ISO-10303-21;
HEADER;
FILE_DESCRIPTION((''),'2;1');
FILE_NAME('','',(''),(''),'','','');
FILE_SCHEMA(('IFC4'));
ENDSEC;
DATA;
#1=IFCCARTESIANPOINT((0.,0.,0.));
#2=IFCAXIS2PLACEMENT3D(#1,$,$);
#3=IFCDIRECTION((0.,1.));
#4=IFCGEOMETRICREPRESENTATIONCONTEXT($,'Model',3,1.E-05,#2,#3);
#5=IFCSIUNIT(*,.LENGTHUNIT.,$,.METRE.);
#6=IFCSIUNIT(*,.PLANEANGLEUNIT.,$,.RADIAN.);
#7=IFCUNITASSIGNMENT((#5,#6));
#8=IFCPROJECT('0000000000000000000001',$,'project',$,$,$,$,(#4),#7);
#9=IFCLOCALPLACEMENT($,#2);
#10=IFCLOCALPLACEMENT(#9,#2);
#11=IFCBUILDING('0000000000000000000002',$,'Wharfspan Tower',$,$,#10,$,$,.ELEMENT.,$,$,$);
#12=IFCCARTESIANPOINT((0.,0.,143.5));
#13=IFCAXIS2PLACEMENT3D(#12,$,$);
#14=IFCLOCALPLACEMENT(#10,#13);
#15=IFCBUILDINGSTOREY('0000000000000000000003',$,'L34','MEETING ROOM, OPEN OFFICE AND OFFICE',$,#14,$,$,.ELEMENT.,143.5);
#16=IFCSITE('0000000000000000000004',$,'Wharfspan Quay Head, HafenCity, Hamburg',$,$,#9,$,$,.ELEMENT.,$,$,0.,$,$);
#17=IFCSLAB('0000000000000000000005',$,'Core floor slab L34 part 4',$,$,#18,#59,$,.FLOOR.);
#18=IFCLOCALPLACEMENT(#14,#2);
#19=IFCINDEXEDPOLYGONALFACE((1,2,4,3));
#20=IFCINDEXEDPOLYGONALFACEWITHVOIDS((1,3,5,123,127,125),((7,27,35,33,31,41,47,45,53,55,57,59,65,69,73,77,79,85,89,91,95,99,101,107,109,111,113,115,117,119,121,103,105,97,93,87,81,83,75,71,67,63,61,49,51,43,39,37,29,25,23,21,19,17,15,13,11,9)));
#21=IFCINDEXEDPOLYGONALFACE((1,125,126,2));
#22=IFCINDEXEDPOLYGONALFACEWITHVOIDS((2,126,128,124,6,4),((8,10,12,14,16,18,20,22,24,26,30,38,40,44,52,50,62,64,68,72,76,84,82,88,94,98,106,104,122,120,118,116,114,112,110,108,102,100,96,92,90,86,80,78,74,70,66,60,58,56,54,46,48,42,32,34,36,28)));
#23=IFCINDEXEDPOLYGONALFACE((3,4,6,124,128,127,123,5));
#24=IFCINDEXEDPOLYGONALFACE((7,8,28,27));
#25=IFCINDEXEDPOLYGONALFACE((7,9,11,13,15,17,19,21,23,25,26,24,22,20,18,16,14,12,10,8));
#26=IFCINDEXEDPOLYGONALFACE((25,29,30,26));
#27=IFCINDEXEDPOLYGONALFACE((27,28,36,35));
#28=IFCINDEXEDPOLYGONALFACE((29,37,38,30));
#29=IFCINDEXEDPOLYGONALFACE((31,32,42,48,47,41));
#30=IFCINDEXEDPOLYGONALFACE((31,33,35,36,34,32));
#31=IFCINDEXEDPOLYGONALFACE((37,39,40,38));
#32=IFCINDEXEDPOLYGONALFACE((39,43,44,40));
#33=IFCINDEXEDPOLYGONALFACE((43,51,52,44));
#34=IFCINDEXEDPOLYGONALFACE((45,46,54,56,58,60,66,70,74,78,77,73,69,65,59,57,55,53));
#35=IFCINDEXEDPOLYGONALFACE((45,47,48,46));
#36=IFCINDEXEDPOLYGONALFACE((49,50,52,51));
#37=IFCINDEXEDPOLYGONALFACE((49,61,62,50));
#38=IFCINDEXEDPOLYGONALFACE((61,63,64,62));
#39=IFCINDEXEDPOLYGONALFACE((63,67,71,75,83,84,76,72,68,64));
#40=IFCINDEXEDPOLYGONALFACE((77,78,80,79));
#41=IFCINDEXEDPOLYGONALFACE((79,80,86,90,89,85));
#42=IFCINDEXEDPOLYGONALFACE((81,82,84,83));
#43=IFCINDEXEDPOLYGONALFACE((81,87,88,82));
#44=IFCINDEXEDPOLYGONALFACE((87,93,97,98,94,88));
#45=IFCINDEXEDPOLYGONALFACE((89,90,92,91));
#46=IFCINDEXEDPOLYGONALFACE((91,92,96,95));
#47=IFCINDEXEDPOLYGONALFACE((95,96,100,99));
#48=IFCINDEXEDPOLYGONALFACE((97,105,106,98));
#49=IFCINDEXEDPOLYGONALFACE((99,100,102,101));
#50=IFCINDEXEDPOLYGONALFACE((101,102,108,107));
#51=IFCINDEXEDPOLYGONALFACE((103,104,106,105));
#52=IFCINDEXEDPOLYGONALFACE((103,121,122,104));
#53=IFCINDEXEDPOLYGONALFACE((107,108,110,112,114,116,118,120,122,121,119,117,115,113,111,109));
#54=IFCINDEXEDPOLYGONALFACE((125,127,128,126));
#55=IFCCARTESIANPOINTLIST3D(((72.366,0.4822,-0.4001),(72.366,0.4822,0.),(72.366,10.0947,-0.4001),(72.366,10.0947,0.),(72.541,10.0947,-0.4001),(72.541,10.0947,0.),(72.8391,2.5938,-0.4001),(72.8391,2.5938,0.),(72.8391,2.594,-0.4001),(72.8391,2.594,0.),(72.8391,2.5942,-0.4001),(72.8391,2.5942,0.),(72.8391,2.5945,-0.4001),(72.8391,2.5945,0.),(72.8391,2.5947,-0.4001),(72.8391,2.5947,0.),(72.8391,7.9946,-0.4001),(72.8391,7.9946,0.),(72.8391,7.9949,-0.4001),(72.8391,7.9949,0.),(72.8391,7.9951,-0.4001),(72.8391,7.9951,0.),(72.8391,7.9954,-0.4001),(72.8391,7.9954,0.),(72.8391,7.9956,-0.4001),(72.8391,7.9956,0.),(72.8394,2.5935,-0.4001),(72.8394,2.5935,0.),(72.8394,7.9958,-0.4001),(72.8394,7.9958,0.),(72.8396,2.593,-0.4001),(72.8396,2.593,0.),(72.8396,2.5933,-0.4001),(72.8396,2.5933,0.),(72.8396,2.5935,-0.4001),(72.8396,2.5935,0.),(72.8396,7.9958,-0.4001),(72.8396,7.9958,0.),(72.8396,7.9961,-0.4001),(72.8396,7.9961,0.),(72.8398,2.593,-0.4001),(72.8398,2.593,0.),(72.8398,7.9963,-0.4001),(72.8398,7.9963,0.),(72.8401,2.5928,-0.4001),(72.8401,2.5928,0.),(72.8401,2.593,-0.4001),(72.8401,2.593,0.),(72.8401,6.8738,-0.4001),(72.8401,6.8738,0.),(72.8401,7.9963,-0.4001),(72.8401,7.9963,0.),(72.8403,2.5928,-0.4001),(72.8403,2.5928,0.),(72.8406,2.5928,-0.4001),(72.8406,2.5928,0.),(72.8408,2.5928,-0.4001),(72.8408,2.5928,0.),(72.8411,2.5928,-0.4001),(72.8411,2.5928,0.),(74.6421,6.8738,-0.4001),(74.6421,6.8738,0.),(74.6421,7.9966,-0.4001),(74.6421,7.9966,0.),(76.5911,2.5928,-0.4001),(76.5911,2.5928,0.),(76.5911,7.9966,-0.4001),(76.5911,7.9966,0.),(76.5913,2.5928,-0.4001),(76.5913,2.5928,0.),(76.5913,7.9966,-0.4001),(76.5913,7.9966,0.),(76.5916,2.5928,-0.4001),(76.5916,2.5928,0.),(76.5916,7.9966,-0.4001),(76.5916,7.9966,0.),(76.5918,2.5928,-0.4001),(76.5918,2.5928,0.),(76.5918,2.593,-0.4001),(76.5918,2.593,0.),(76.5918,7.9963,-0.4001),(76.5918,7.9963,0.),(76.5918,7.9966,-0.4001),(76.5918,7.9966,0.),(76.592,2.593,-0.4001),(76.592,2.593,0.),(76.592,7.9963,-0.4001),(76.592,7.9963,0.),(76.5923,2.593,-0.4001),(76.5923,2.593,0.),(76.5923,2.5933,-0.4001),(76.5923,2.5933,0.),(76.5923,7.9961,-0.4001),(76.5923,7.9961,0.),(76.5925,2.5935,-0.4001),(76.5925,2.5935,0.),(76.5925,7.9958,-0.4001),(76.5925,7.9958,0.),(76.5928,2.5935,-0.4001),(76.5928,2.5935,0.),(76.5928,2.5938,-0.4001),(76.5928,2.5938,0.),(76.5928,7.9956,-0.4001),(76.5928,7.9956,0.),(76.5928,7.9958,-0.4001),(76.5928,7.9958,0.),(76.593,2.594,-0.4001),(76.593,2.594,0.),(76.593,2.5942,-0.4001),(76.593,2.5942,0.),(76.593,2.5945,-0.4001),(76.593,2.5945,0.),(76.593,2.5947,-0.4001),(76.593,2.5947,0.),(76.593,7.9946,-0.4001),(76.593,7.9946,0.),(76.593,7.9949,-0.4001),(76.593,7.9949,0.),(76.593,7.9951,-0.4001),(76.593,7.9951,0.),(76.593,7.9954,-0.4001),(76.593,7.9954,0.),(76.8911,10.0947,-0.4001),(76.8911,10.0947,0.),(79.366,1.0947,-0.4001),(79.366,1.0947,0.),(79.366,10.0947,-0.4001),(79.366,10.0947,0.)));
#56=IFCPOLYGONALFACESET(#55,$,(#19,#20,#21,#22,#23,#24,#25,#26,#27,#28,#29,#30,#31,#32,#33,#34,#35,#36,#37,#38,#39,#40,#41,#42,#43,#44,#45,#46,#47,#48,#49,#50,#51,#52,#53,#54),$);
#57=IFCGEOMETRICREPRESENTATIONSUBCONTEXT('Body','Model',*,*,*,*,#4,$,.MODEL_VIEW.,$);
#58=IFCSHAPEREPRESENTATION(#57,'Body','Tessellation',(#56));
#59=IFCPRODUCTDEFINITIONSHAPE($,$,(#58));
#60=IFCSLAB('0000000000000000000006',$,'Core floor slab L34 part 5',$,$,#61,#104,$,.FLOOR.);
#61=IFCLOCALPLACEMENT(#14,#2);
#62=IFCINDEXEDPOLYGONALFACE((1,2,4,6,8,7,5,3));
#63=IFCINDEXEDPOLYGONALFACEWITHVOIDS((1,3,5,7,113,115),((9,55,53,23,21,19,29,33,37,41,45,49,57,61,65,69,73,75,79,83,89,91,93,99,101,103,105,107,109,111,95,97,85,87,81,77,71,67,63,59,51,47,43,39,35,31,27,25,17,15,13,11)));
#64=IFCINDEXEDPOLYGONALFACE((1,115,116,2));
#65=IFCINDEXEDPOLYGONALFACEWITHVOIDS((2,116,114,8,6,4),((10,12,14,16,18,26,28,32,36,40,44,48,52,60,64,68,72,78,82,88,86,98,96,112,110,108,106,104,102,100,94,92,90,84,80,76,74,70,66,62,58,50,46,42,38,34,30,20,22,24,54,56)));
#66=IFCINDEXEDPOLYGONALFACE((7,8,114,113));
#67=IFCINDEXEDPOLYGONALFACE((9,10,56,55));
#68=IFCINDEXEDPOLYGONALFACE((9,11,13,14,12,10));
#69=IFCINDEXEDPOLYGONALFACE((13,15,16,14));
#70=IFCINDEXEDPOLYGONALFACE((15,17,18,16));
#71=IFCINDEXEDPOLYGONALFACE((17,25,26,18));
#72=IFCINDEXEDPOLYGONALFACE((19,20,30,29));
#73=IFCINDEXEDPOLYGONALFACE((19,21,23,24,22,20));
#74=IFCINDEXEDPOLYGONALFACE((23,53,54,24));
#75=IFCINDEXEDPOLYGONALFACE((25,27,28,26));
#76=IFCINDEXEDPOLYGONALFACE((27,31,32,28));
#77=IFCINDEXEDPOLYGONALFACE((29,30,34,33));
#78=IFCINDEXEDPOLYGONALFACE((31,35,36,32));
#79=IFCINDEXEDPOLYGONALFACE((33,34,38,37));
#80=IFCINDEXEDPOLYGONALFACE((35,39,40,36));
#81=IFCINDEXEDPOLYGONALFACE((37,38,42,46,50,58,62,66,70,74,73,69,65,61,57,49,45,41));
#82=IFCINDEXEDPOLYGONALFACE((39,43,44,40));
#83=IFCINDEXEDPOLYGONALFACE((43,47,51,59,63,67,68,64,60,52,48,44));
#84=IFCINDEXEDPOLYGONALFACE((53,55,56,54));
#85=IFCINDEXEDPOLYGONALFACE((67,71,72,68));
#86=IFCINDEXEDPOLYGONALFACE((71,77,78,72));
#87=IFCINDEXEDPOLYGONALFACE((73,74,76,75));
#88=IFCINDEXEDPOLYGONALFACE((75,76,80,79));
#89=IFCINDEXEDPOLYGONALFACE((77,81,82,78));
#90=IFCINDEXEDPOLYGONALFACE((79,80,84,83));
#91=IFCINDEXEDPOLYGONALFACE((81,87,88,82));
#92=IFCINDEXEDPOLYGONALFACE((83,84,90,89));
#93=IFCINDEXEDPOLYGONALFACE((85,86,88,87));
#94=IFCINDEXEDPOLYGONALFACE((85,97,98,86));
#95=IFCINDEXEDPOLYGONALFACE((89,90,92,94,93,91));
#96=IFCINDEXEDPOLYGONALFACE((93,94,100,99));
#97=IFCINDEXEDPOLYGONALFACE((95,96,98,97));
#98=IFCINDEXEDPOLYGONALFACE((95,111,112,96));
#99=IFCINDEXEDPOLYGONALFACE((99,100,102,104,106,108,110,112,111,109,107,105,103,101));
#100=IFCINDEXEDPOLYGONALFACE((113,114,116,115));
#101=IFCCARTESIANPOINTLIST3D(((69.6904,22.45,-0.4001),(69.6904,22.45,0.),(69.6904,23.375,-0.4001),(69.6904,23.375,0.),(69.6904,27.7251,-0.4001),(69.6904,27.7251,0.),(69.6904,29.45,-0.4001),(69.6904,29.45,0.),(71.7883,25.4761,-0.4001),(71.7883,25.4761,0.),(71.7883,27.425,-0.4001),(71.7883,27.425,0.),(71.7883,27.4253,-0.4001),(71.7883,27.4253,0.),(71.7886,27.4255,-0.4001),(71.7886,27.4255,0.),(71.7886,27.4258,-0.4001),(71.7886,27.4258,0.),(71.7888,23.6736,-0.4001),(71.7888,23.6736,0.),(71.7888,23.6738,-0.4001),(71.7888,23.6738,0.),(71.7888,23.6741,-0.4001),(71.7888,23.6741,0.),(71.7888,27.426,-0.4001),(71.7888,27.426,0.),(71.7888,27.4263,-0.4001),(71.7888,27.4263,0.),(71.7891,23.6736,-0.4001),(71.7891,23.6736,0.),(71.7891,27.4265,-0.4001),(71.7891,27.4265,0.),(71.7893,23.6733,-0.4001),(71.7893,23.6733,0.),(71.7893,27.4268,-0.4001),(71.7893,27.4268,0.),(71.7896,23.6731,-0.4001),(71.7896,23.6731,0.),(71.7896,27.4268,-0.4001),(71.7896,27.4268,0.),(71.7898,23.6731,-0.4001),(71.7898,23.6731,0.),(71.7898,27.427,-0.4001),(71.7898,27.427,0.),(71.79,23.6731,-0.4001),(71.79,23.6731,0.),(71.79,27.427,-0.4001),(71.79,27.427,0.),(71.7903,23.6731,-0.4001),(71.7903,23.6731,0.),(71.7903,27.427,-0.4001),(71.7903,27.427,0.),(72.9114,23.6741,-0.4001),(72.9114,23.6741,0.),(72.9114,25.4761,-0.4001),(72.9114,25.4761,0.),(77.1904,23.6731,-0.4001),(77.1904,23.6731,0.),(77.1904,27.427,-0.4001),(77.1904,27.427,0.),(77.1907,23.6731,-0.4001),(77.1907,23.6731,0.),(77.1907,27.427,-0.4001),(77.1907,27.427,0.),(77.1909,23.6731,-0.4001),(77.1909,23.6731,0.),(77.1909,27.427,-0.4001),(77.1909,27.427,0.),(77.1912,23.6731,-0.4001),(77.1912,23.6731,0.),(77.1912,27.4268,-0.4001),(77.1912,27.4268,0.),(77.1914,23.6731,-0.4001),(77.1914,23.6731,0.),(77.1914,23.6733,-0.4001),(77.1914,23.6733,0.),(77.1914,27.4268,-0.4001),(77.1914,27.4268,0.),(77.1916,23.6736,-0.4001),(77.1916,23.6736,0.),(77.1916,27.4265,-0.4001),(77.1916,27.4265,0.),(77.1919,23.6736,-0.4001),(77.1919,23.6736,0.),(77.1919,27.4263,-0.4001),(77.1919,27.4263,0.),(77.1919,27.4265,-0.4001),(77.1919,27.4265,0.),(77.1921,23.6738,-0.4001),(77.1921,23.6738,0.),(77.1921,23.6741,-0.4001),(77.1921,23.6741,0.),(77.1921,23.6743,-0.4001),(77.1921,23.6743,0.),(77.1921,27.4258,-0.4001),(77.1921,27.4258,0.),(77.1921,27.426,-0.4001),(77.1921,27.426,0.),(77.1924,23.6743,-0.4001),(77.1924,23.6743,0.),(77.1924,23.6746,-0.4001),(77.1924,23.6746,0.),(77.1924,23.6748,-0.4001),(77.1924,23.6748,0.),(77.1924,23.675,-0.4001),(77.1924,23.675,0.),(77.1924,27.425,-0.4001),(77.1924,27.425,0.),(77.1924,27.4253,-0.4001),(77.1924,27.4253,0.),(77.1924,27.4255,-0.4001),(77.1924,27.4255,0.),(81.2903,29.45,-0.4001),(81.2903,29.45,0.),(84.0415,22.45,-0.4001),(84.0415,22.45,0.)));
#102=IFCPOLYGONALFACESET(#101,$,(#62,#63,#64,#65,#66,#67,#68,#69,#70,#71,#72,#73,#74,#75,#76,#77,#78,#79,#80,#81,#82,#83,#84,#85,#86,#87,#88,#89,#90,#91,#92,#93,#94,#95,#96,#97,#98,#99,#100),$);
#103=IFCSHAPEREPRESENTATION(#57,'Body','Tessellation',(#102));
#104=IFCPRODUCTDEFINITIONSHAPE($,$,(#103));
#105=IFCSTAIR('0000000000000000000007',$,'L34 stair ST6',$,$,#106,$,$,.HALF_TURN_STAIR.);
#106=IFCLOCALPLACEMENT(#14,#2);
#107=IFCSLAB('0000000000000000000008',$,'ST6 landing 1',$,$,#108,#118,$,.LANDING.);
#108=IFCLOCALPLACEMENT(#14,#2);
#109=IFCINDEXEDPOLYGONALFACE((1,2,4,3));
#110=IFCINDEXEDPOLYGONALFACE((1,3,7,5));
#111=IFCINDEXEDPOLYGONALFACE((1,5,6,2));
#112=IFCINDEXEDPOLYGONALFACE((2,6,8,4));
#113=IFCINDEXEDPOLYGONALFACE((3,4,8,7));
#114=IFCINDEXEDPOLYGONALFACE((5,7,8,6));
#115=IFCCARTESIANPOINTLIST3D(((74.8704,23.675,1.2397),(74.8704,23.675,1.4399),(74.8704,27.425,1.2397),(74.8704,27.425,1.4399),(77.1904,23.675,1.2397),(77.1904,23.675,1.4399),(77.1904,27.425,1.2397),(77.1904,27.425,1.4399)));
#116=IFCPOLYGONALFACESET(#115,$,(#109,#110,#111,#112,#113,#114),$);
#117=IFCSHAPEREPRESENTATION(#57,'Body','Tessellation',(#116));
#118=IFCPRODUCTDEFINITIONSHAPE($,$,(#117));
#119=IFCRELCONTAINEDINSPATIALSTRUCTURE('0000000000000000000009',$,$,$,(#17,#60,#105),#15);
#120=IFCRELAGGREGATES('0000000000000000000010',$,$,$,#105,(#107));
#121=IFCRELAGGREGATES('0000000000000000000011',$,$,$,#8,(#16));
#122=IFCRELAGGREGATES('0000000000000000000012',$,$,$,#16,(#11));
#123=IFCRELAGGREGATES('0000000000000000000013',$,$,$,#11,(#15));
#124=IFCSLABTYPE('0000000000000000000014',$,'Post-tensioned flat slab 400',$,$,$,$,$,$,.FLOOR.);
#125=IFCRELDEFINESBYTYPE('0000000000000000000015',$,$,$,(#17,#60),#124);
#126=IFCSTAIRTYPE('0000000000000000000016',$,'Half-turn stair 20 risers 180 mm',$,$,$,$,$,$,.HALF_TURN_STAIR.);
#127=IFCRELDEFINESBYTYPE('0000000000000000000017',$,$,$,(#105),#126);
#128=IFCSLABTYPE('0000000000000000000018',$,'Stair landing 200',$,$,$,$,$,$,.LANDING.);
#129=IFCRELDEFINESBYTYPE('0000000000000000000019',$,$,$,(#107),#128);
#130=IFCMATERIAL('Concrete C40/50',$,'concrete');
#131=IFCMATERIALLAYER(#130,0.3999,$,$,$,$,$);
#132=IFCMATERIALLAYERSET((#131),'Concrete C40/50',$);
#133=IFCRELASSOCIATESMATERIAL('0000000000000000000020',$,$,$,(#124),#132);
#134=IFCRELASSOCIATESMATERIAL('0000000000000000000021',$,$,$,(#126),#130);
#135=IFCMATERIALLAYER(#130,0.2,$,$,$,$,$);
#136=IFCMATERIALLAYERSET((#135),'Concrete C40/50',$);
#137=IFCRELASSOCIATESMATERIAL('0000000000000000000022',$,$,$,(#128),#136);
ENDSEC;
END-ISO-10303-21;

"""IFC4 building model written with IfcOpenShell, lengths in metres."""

from ifc_helpers import new_model, si_unit, direction, frame, origin, place, context, subcontext, project, spatial, polyline, outline, extrude, material, layer, layer_set, type_object, element, aggregate, save


model = new_model("IFC4")

# Units and contexts
model_context = context("Model", 3, precision=1e-05, world=origin(), true_north=direction((0.0, 1.0)))
body_context = subcontext(model_context, "Body", "Model", "MODEL_VIEW")
ifc_project = project(units=[si_unit("LENGTHUNIT", "METRE"), si_unit("PLANEANGLEUNIT", "RADIAN")], contexts=[model_context])

# Site, building, storey
site_placement = place(None, origin())
site = spatial("IfcSite", under=ifc_project, at=site_placement, Name="Wharfspan Quay Head, HafenCity, Hamburg", CompositionType="ELEMENT", RefElevation=0.0)
building_placement = place(site_placement, origin())
building = spatial("IfcBuilding", under=site, at=building_placement, Name="Wharfspan Tower", CompositionType="ELEMENT")
storey_placement = place(building_placement, frame((0.0, 0.0, 143.5)))
storey = spatial("IfcBuildingStorey", under=building, at=storey_placement, Name="L34", Description="MEETING ROOM, OPEN OFFICE AND OFFICE", CompositionType="ELEMENT", Elevation=143.5)

# Slabs
ifc_material_1 = material(Name="Concrete C40/50", Category="concrete")
ifc_layer_1 = layer(ifc_material_1, 0.3999)
ifc_layer_set_1 = layer_set([ifc_layer_1], Name="Concrete C40/50")
slab_type_1 = type_object("IfcSlabType", Name="Post-tensioned flat slab 400", PredefinedType="FLOOR", material=ifc_layer_set_1)
slab_1_placement = place(storey_placement, frame((0.0, 0.0, -0.4001)))
element("IfcSlab", 1, at=slab_1_placement, inside=storey, type_object=slab_type_1, Name="Core floor slab L34 part 4", PredefinedType="FLOOR", context=body_context, shape_type="SweptSolid", body=[
    extrude(outline(polyline([(79.366, 10.0947), (76.8911, 10.0947), (72.541, 10.0947), (72.366, 10.0947), (72.366, 0.4822), (79.366, 1.0947), (79.366, 10.0947)]), holes=[polyline([(76.5913, 7.9966), (76.5913, 7.9966), (76.5916, 7.9966), (76.5918, 7.9966), (76.5918, 7.9963), (76.592, 7.9963), (76.5923, 7.9961), (76.5923, 7.9961), (76.5925, 7.9958), (76.5928, 7.9958), (76.5928, 7.9956), (76.593, 7.9954), (76.593, 7.9951), (76.593, 7.9951), (76.593, 7.9949), (76.593, 7.9946), (76.593, 2.5947), (76.593, 2.5945), (76.593, 2.5942), (76.593, 2.594), (76.593, 2.594), (76.5928, 2.5938), (76.5928, 2.5935), (76.5925, 2.5935), (76.5923, 2.5933), (76.5923, 2.593), (76.592, 2.593), (76.5918, 2.593), (76.5918, 2.5928), (76.5916, 2.5928), (76.5913, 2.5928), (76.5913, 2.5928), (76.5911, 2.5928), (72.8411, 2.5928), (72.8408, 2.5928), (72.8406, 2.5928), (72.8403, 2.5928), (72.8401, 2.5928), (72.8401, 2.593), (72.8398, 2.593), (72.8396, 2.593), (72.8396, 2.5933), (72.8396, 2.5935), (72.8394, 2.5935), (72.8391, 2.5938), (72.8391, 2.594), (72.8391, 2.594), (72.8391, 2.5942), (72.8391, 2.5945), (72.8391, 2.5947), (72.8391, 7.9946), (72.8391, 7.9949), (72.8391, 7.9951), (72.8391, 7.9951), (72.8391, 7.9954), (72.8391, 7.9956), (72.8394, 7.9958), (72.8396, 7.9958), (72.8396, 7.9961), (72.8396, 7.9961), (72.8398, 7.9963), (72.8401, 7.9963), (72.8401, 6.8738), (74.6421, 6.8738), (74.6421, 7.9966), (76.5911, 7.9966), (76.5913, 7.9966)])]), origin(), (0.0, 0.0, 1.0), 0.4001),
])
slab_2_placement = place(storey_placement, frame((0.0, 0.0, -0.4001)))
element("IfcSlab", 2, at=slab_2_placement, inside=storey, type_object=slab_type_1, Name="Core floor slab L34 part 5", PredefinedType="FLOOR", context=body_context, shape_type="SweptSolid", body=[
    extrude(outline(polyline([(81.2903, 29.45), (69.6904, 29.45), (69.6904, 27.7251), (69.6904, 23.375), (69.6904, 22.45), (84.0415, 22.45), (81.2903, 29.45)]), holes=[polyline([(71.7883, 27.4253), (71.7883, 27.4253), (71.7886, 27.4255), (71.7886, 27.4258), (71.7886, 27.4258), (71.7888, 27.426), (71.7888, 27.4263), (71.7891, 27.4265), (71.7891, 27.4265), (71.7893, 27.4268), (71.7896, 27.4268), (71.7896, 27.4268), (71.7898, 27.427), (71.79, 27.427), (71.7903, 27.427), (71.7903, 27.427), (77.1904, 27.427), (77.1907, 27.427), (77.1909, 27.427), (77.1909, 27.427), (77.1912, 27.4268), (77.1914, 27.4268), (77.1914, 27.4268), (77.1916, 27.4265), (77.1919, 27.4265), (77.1919, 27.4263), (77.1921, 27.426), (77.1921, 27.4258), (77.1921, 27.4258), (77.1924, 27.4255), (77.1924, 27.4253), (77.1924, 27.4253), (77.1924, 27.425), (77.1924, 23.675), (77.1924, 23.6748), (77.1924, 23.6746), (77.1924, 23.6743), (77.1921, 23.6743), (77.1921, 23.6741), (77.1921, 23.6738), (77.1919, 23.6736), (77.1919, 23.6736), (77.1916, 23.6736), (77.1914, 23.6733), (77.1914, 23.6731), (77.1912, 23.6731), (77.1909, 23.6731), (77.1909, 23.6731), (77.1907, 23.6731), (77.1904, 23.6731), (71.7903, 23.6731), (71.7903, 23.6731), (71.79, 23.6731), (71.7898, 23.6731), (71.7896, 23.6731), (71.7896, 23.6731), (71.7893, 23.6733), (71.7891, 23.6736), (71.7891, 23.6736), (71.7888, 23.6736), (71.7888, 23.6738), (71.7888, 23.6741), (72.9114, 23.6741), (72.9114, 25.4761), (71.7883, 25.4761), (71.7883, 27.425), (71.7883, 27.4253)])]), origin(), (0.0, 0.0, 1.0), 0.4001),
])

# Stair, slab
stair_type = type_object("IfcStairType", Name="Half-turn stair 20 risers 180 mm", PredefinedType="HALF_TURN_STAIR", material=ifc_material_1)
stair_placement = place(storey_placement, origin())
stair = element("IfcStair", 3, at=stair_placement, inside=storey, type_object=stair_type, Name="L34 stair ST6", PredefinedType="HALF_TURN_STAIR")
ifc_layer_2 = layer(ifc_material_1, 0.2)
ifc_layer_set_2 = layer_set([ifc_layer_2], Name="Concrete C40/50")
slab_type_2 = type_object("IfcSlabType", Name="Stair landing 200", PredefinedType="LANDING", material=ifc_layer_set_2)
slab_3_placement = place(storey_placement, frame((0.0, 0.0, 1.2397)))
slab_3 = element("IfcSlab", 4, at=slab_3_placement, type_object=slab_type_2, Name="ST6 landing 1", PredefinedType="LANDING", context=body_context, shape_type="SweptSolid", body=[
    extrude(outline(polyline([(74.8704, 23.675), (77.1904, 23.675), (77.1904, 27.425), (74.8704, 27.425), (74.8704, 23.675)])), origin(), (0.0, 0.0, 1.0), 0.2002),
])
aggregate(stair, [slab_3])

save(model, "model.ifc")
